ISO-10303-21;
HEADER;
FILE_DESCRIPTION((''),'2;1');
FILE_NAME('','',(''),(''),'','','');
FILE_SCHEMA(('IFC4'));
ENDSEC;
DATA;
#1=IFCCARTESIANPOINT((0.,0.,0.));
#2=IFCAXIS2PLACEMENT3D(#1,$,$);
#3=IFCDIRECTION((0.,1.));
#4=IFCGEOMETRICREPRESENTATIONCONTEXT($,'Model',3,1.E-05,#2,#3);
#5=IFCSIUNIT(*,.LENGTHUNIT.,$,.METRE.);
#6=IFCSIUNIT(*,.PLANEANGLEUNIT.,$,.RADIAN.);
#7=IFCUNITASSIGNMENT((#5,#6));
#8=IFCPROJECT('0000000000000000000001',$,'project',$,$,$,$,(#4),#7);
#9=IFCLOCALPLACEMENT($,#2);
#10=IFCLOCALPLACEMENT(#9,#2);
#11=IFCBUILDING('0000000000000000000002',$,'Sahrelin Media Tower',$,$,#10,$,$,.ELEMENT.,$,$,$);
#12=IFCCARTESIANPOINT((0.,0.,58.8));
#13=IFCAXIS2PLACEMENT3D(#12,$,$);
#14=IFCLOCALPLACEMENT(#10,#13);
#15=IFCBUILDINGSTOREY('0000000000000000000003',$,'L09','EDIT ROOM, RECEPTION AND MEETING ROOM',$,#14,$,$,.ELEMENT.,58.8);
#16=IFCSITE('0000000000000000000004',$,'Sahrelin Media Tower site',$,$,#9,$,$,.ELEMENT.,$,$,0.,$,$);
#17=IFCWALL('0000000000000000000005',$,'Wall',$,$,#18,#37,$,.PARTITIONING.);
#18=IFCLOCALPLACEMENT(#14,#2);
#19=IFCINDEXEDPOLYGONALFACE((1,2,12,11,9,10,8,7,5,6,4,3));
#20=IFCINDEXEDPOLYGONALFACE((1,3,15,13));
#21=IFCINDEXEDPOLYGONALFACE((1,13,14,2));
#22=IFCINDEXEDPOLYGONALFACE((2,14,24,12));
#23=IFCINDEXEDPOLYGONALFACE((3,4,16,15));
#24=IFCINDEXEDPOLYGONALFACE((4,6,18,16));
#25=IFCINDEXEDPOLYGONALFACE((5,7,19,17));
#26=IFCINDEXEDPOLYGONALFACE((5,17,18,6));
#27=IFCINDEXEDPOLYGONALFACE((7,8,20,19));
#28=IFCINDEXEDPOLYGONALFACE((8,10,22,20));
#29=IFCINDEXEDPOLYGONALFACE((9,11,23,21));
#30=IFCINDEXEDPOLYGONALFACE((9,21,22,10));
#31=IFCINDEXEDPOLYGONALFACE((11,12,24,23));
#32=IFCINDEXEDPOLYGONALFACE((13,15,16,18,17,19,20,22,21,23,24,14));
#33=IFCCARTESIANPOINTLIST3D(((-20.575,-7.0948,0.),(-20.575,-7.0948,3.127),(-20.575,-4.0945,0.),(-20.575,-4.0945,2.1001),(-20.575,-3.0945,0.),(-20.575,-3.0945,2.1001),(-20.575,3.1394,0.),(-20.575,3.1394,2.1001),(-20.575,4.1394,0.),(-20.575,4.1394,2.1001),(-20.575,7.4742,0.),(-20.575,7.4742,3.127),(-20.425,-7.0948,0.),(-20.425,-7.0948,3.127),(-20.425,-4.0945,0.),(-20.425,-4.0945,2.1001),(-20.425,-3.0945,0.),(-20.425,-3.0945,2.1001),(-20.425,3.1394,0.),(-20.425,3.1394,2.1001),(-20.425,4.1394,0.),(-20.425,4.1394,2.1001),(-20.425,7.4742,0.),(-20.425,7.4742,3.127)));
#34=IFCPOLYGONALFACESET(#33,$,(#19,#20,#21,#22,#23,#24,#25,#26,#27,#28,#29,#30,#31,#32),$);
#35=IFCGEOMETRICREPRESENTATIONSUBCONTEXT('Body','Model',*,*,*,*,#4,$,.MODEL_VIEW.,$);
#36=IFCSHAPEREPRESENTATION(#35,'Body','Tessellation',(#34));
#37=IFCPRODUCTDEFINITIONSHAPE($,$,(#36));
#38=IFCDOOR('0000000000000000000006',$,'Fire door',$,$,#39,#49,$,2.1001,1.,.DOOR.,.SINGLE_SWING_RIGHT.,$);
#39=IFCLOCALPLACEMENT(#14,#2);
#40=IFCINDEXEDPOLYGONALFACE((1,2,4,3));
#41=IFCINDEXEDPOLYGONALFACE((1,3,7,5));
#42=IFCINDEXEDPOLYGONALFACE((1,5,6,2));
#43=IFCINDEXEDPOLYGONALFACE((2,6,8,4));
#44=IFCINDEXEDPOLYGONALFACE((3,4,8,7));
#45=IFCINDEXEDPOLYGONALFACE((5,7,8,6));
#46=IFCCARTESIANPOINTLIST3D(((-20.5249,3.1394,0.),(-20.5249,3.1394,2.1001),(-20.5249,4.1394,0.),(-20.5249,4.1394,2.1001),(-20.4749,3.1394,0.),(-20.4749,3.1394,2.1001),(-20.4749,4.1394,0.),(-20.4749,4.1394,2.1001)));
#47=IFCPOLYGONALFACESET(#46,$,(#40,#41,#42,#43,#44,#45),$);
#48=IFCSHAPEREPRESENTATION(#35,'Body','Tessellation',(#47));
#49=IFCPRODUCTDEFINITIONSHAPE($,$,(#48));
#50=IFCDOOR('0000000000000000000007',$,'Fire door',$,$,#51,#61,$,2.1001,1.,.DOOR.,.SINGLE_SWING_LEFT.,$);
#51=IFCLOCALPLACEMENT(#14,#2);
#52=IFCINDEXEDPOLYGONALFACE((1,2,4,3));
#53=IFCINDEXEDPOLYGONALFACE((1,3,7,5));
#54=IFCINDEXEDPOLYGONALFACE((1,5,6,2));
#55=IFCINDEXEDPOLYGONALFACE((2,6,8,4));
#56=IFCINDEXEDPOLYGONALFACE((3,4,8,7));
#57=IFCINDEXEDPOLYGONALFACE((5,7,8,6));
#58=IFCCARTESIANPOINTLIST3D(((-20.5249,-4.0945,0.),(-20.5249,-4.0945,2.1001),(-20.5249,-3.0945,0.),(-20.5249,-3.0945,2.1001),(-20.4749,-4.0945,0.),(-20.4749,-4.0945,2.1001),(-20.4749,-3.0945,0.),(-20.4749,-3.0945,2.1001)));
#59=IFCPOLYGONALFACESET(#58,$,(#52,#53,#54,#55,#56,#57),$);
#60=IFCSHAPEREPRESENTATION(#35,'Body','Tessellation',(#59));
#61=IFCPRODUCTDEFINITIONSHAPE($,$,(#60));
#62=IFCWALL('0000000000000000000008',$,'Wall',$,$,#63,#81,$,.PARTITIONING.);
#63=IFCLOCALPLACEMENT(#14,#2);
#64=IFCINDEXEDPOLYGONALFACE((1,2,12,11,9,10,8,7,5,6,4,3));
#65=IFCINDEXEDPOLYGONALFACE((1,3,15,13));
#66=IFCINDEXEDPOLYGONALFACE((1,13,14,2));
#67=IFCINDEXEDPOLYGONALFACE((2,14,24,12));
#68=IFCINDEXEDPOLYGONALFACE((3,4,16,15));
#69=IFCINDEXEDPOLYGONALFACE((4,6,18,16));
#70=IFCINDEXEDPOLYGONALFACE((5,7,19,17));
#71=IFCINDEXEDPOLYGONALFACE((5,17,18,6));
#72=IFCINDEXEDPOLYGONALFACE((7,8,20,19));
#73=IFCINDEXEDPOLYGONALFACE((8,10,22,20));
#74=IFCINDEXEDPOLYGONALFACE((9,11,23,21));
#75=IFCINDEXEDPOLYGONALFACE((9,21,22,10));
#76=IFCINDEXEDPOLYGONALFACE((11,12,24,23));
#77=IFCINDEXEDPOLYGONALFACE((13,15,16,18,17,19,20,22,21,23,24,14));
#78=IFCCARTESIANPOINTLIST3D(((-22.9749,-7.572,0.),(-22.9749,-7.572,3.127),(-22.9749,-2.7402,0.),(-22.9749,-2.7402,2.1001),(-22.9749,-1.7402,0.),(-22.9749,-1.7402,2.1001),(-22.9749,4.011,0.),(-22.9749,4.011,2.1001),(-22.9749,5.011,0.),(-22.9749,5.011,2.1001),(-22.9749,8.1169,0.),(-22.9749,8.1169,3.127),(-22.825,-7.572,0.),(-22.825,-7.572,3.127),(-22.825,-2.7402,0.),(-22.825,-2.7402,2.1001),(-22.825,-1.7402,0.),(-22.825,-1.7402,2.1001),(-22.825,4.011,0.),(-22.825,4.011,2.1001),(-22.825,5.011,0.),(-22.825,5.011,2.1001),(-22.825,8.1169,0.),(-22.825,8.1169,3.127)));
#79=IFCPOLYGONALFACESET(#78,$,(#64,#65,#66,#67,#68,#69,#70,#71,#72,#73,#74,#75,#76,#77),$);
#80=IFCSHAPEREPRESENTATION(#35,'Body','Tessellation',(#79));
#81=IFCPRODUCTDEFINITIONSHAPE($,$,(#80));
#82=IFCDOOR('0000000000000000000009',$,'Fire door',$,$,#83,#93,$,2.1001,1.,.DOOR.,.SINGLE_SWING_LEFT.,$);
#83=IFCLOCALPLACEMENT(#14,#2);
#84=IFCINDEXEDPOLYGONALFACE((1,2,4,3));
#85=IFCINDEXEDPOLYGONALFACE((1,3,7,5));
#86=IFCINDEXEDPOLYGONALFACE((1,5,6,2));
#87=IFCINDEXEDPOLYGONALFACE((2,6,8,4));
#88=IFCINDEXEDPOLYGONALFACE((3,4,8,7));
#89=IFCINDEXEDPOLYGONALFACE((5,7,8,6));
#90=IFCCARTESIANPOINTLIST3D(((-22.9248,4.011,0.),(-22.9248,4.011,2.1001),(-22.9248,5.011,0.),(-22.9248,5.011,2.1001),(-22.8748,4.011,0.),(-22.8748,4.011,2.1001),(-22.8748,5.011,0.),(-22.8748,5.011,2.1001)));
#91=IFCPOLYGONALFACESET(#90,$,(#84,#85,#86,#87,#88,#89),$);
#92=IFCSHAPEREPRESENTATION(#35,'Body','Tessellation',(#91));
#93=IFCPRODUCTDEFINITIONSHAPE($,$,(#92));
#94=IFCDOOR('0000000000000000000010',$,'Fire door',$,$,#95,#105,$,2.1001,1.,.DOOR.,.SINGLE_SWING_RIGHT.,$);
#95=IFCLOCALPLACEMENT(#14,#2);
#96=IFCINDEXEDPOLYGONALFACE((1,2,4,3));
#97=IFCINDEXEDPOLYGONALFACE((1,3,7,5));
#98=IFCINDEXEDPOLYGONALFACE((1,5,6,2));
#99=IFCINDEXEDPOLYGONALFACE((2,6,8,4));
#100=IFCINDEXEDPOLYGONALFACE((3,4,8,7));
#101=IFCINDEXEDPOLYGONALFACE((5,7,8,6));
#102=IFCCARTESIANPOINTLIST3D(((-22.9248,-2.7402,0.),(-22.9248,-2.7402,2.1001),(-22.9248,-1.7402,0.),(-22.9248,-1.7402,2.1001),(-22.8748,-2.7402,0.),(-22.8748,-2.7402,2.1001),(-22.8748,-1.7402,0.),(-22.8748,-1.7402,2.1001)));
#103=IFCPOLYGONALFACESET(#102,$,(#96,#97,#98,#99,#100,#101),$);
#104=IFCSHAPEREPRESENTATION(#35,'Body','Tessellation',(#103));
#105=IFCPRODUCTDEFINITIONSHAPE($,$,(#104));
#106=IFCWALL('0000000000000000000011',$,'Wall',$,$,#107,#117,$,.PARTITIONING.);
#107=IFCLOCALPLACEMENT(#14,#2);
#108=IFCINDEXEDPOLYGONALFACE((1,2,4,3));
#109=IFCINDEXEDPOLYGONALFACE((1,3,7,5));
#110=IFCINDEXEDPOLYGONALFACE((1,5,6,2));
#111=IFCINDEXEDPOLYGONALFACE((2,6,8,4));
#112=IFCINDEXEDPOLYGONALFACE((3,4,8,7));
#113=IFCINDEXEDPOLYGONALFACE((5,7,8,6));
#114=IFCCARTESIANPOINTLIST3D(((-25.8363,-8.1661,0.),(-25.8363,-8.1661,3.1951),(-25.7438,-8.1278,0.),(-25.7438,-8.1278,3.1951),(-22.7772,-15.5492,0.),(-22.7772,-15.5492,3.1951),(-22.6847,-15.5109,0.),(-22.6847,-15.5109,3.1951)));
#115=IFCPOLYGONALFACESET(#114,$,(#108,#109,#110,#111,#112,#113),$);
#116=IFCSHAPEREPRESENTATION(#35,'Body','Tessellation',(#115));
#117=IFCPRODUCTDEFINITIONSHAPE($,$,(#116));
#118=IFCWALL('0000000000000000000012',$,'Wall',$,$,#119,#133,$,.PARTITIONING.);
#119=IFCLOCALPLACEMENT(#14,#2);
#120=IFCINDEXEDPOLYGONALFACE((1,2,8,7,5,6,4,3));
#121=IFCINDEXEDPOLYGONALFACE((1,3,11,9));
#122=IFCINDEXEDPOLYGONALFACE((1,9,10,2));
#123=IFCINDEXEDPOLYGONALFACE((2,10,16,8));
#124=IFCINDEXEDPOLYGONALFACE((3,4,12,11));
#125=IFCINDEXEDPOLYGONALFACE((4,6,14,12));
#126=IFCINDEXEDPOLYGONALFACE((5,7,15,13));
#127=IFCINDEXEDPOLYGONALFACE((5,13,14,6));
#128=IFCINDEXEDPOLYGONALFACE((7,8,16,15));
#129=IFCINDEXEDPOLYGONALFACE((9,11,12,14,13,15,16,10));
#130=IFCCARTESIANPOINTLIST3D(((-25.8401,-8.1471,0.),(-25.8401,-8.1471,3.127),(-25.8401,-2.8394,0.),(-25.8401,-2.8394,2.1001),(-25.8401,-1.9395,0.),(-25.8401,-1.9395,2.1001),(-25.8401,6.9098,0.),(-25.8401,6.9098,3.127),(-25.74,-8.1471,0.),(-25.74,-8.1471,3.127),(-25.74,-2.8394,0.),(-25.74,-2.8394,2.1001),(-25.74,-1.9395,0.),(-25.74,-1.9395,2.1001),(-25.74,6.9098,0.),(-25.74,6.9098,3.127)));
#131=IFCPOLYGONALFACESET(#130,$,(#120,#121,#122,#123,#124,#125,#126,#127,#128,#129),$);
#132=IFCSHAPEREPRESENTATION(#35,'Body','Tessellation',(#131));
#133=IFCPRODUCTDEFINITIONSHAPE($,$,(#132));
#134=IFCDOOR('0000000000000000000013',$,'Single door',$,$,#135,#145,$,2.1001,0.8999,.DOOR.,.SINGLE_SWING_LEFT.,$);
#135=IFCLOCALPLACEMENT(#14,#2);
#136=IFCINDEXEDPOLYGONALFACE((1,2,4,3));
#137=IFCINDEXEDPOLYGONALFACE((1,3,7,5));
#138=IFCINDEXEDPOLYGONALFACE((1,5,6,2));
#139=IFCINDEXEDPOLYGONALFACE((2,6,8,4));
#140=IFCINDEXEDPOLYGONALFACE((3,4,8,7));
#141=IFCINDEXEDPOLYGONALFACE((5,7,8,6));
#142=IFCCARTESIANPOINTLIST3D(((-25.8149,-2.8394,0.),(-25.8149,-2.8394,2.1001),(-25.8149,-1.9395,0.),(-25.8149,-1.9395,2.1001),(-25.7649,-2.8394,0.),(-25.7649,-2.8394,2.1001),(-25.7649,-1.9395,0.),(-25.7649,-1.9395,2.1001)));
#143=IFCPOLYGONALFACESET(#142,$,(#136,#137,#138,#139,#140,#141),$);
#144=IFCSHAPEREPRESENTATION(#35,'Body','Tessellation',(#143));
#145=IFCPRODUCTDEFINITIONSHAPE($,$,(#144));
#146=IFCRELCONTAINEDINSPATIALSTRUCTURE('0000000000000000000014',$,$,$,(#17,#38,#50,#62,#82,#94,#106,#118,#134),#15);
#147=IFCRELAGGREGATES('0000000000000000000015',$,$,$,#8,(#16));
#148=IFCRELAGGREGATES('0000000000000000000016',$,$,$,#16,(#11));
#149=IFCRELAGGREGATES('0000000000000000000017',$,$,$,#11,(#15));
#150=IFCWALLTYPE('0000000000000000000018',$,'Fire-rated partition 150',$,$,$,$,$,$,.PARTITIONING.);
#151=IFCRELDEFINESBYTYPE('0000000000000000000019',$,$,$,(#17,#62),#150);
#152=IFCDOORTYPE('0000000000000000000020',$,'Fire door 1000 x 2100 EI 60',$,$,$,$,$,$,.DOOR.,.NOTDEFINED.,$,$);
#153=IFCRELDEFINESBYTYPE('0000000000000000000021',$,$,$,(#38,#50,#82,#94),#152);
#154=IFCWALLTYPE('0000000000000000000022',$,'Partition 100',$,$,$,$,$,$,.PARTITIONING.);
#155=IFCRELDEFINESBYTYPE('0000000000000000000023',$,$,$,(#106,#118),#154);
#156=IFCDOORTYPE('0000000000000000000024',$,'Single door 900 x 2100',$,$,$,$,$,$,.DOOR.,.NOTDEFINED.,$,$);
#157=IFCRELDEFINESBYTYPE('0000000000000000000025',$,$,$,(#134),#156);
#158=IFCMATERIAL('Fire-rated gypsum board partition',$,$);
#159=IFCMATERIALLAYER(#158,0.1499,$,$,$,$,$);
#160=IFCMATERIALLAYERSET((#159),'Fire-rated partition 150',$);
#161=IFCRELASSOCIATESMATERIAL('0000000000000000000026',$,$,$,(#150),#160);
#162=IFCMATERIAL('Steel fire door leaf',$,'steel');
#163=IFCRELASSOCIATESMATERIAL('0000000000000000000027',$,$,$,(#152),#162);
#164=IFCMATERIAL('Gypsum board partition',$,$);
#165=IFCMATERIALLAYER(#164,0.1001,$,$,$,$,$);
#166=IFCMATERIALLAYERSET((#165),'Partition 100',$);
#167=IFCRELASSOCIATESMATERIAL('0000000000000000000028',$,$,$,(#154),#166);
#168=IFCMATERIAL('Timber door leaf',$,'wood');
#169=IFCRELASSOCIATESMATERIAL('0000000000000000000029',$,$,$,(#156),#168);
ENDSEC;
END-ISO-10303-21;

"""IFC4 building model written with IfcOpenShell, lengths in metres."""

from ifc_helpers import new_model, si_unit, direction, frame, frame_2d, origin, place, context, subcontext, project, spatial, rectangle, extrude, material, layer, layer_set, type_object, element, fill, save


model = new_model("IFC4")

# Units and contexts
model_context = context("Model", 3, precision=1e-05, world=origin(), true_north=direction((0.0, 1.0)))
body_context = subcontext(model_context, "Body", "Model", "MODEL_VIEW")
ifc_project = project(units=[si_unit("LENGTHUNIT", "METRE"), si_unit("PLANEANGLEUNIT", "RADIAN")], contexts=[model_context])

# Site, building, storey
site_placement = place(None, origin())
site = spatial("IfcSite", under=ifc_project, at=site_placement, Name="Sahrelin Media Tower site", CompositionType="ELEMENT", RefElevation=0.0)
building_placement = place(site_placement, origin())
building = spatial("IfcBuilding", under=site, at=building_placement, Name="Sahrelin Media Tower", CompositionType="ELEMENT")
storey_placement = place(building_placement, frame((0.0, 0.0, 58.8)))
storey = spatial("IfcBuildingStorey", under=building, at=storey_placement, Name="L09", Description="EDIT ROOM, RECEPTION AND MEETING ROOM", CompositionType="ELEMENT", Elevation=58.8)

# Shared definitions
ifc_material_1 = material(Name="Fire-rated gypsum board partition")
ifc_layer_1 = layer(ifc_material_1, 0.1499)
ifc_layer_set_1 = layer_set([ifc_layer_1], Name="Fire-rated partition 150")
wall_type_1 = type_object("IfcWallType", Name="Fire-rated partition 150", PredefinedType="PARTITIONING", material=ifc_layer_set_1)

# Walls, openings, doors
wall_1_placement = place(storey_placement, frame((-20.5, -7.095, 0.0), z_axis=(0.0, 0.0, 1.0), x_axis=(0.0, 1.0, 0.0)))
wall_1 = element("IfcWall", 1, at=wall_1_placement, inside=storey, type_object=wall_type_1, Name="Wall", PredefinedType="PARTITIONING", context=body_context, shape_type="SweptSolid", body=[
    extrude(rectangle(XDim=14.5691, YDim=0.1499, at=frame_2d((7.2847, 0.0))), origin(), (0.0, 0.0, 1.0), 3.127),
])
opening_1_placement = place(wall_1_placement, frame((10.2344, 0.0, 0.0)))
opening_1 = element("IfcOpeningElement", 2, at=opening_1_placement, cuts=wall_1, PredefinedType="OPENING", context=body_context, shape_type="SweptSolid", body=[
    extrude(rectangle(XDim=1.0, YDim=2.1001, at=frame_2d((0.5, 1.05))), frame((0.0, 0.075, 0.0), z_axis=(0.0, -1.0, 0.0), x_axis=(1.0, 0.0, 0.0)), (0.0, 0.0, 1.0), 0.1499),
])
opening_2_placement = place(wall_1_placement, frame((3.0005, 0.0, 0.0)))
opening_2 = element("IfcOpeningElement", 3, at=opening_2_placement, cuts=wall_1, PredefinedType="OPENING", context=body_context, shape_type="SweptSolid", body=[
    extrude(rectangle(XDim=1.0, YDim=2.1001, at=frame_2d((0.5, 1.05))), frame((0.0, 0.075, 0.0), z_axis=(0.0, -1.0, 0.0), x_axis=(1.0, 0.0, 0.0)), (0.0, 0.0, 1.0), 0.1499),
])
ifc_material_2 = material(Name="Steel fire door leaf", Category="steel")
door_type_1 = type_object("IfcDoorType", Name="Fire door 1000 x 2100 EI 60", OperationType="NOTDEFINED", PredefinedType="DOOR", material=ifc_material_2)
door_1_placement = place(opening_1_placement, origin())
door_1 = element("IfcDoor", 4, at=door_1_placement, inside=storey, type_object=door_type_1, Name="Fire door", OperationType="SINGLE_SWING_RIGHT", OverallHeight=2.1001, OverallWidth=1.0, PredefinedType="DOOR", context=body_context, shape_type="SweptSolid", body=[
    extrude(rectangle(XDim=1.0, YDim=2.1001, at=frame_2d((0.5, 1.05))), frame((0.0, 0.0249, 0.0), z_axis=(0.0, -1.0, 0.0), x_axis=(1.0, 0.0, 0.0)), (0.0, 0.0, 1.0), 0.05),
])
fill(opening_1, door_1)
door_2_placement = place(opening_2_placement, origin())
door_2 = element("IfcDoor", 5, at=door_2_placement, inside=storey, type_object=door_type_1, Name="Fire door", OperationType="SINGLE_SWING_LEFT", OverallHeight=2.1001, OverallWidth=1.0, PredefinedType="DOOR", context=body_context, shape_type="SweptSolid", body=[
    extrude(rectangle(XDim=1.0, YDim=2.1001, at=frame_2d((0.5, 1.05))), frame((0.0, 0.0249, 0.0), z_axis=(0.0, -1.0, 0.0), x_axis=(1.0, 0.0, 0.0)), (0.0, 0.0, 1.0), 0.05),
])
fill(opening_2, door_2)
wall_2_placement = place(storey_placement, frame((-22.8999, -7.572, 0.0), z_axis=(0.0, 0.0, 1.0), x_axis=(0.0, 1.0, 0.0)))
wall_2 = element("IfcWall", 6, at=wall_2_placement, inside=storey, type_object=wall_type_1, Name="Wall", PredefinedType="PARTITIONING", context=body_context, shape_type="SweptSolid", body=[
    extrude(rectangle(XDim=15.689, YDim=0.1499, at=frame_2d((7.8445, 0.0))), origin(), (0.0, 0.0, 1.0), 3.127),
])
opening_3_placement = place(wall_2_placement, frame((11.583, 0.0, 0.0)))
opening_3 = element("IfcOpeningElement", 7, at=opening_3_placement, cuts=wall_2, PredefinedType="OPENING", context=body_context, shape_type="SweptSolid", body=[
    extrude(rectangle(XDim=1.0, YDim=2.1001, at=frame_2d((0.5, 1.05))), frame((0.0, 0.075, 0.0), z_axis=(0.0, -1.0, 0.0), x_axis=(1.0, 0.0, 0.0)), (0.0, 0.0, 1.0), 0.1499),
])
opening_4_placement = place(wall_2_placement, frame((4.8318, 0.0, 0.0)))
opening_4 = element("IfcOpeningElement", 8, at=opening_4_placement, cuts=wall_2, PredefinedType="OPENING", context=body_context, shape_type="SweptSolid", body=[
    extrude(rectangle(XDim=1.0, YDim=2.1001, at=frame_2d((0.5, 1.05))), frame((0.0, 0.075, 0.0), z_axis=(0.0, -1.0, 0.0), x_axis=(1.0, 0.0, 0.0)), (0.0, 0.0, 1.0), 0.1499),
])
door_3_placement = place(opening_3_placement, origin())
door_3 = element("IfcDoor", 9, at=door_3_placement, inside=storey, type_object=door_type_1, Name="Fire door", OperationType="SINGLE_SWING_LEFT", OverallHeight=2.1001, OverallWidth=1.0, PredefinedType="DOOR", context=body_context, shape_type="SweptSolid", body=[
    extrude(rectangle(XDim=1.0, YDim=2.1001, at=frame_2d((0.5, 1.05))), frame((0.0, 0.0249, 0.0), z_axis=(0.0, -1.0, 0.0), x_axis=(1.0, 0.0, 0.0)), (0.0, 0.0, 1.0), 0.05),
])
fill(opening_3, door_3)
door_4_placement = place(opening_4_placement, origin())
door_4 = element("IfcDoor", 10, at=door_4_placement, inside=storey, type_object=door_type_1, Name="Fire door", OperationType="SINGLE_SWING_RIGHT", OverallHeight=2.1001, OverallWidth=1.0, PredefinedType="DOOR", context=body_context, shape_type="SweptSolid", body=[
    extrude(rectangle(XDim=1.0, YDim=2.1001, at=frame_2d((0.5, 1.05))), frame((0.0, 0.0249, 0.0), z_axis=(0.0, -1.0, 0.0), x_axis=(1.0, 0.0, 0.0)), (0.0, 0.0, 1.0), 0.05),
])
fill(opening_4, door_4)

# Wall
ifc_material_3 = material(Name="Gypsum board partition")
ifc_layer_2 = layer(ifc_material_3, 0.1001)
ifc_layer_set_2 = layer_set([ifc_layer_2], Name="Partition 100")
wall_type_2 = type_object("IfcWallType", Name="Partition 100", PredefinedType="PARTITIONING", material=ifc_layer_set_2)
wall_3_placement = place(storey_placement, frame((-25.79, -8.147, 0.0), z_axis=(0.0, 0.0, 1.0), x_axis=(0.382782, -0.923839, 0.0)))
element("IfcWall", 11, at=wall_3_placement, inside=storey, type_object=wall_type_2, Name="Wall", PredefinedType="PARTITIONING", context=body_context, shape_type="SweptSolid", body=[
    extrude(rectangle(XDim=7.9917, YDim=0.1001, at=frame_2d((3.9958, 0.0))), origin(), (0.0, 0.0, 1.0), 3.1951),
])

# Wall, opening, door
wall_4_placement = place(storey_placement, frame((-25.79, -8.147, 0.0), z_axis=(0.0, 0.0, 1.0), x_axis=(0.0, 1.0, 0.0)))
wall_4 = element("IfcWall", 12, at=wall_4_placement, inside=storey, type_object=wall_type_2, Name="Wall", PredefinedType="PARTITIONING", context=body_context, shape_type="SweptSolid", body=[
    extrude(rectangle(XDim=15.0569, YDim=0.1001, at=frame_2d((7.5283, 0.0))), origin(), (0.0, 0.0, 1.0), 3.127),
])
opening_5_placement = place(wall_4_placement, frame((5.3076, 0.0, 0.0)))
opening_5 = element("IfcOpeningElement", 13, at=opening_5_placement, cuts=wall_4, PredefinedType="OPENING", context=body_context, shape_type="SweptSolid", body=[
    extrude(rectangle(XDim=0.8999, YDim=2.1001, at=frame_2d((0.45, 1.05))), frame((0.0, 0.05, 0.0), z_axis=(0.0, -1.0, 0.0), x_axis=(1.0, 0.0, 0.0)), (0.0, 0.0, 1.0), 0.1001),
])
ifc_material_4 = material(Name="Timber door leaf", Category="wood")
door_type_2 = type_object("IfcDoorType", Name="Single door 900 x 2100", OperationType="NOTDEFINED", PredefinedType="DOOR", material=ifc_material_4)
door_5_placement = place(opening_5_placement, origin())
door_5 = element("IfcDoor", 14, at=door_5_placement, inside=storey, type_object=door_type_2, Name="Single door", OperationType="SINGLE_SWING_LEFT", OverallHeight=2.1001, OverallWidth=0.8999, PredefinedType="DOOR", context=body_context, shape_type="SweptSolid", body=[
    extrude(rectangle(XDim=0.8999, YDim=2.1001, at=frame_2d((0.45, 1.05))), frame((0.0, 0.0249, 0.0), z_axis=(0.0, -1.0, 0.0), x_axis=(1.0, 0.0, 0.0)), (0.0, 0.0, 1.0), 0.05),
])
fill(opening_5, door_5)

save(model, "model.ifc")
